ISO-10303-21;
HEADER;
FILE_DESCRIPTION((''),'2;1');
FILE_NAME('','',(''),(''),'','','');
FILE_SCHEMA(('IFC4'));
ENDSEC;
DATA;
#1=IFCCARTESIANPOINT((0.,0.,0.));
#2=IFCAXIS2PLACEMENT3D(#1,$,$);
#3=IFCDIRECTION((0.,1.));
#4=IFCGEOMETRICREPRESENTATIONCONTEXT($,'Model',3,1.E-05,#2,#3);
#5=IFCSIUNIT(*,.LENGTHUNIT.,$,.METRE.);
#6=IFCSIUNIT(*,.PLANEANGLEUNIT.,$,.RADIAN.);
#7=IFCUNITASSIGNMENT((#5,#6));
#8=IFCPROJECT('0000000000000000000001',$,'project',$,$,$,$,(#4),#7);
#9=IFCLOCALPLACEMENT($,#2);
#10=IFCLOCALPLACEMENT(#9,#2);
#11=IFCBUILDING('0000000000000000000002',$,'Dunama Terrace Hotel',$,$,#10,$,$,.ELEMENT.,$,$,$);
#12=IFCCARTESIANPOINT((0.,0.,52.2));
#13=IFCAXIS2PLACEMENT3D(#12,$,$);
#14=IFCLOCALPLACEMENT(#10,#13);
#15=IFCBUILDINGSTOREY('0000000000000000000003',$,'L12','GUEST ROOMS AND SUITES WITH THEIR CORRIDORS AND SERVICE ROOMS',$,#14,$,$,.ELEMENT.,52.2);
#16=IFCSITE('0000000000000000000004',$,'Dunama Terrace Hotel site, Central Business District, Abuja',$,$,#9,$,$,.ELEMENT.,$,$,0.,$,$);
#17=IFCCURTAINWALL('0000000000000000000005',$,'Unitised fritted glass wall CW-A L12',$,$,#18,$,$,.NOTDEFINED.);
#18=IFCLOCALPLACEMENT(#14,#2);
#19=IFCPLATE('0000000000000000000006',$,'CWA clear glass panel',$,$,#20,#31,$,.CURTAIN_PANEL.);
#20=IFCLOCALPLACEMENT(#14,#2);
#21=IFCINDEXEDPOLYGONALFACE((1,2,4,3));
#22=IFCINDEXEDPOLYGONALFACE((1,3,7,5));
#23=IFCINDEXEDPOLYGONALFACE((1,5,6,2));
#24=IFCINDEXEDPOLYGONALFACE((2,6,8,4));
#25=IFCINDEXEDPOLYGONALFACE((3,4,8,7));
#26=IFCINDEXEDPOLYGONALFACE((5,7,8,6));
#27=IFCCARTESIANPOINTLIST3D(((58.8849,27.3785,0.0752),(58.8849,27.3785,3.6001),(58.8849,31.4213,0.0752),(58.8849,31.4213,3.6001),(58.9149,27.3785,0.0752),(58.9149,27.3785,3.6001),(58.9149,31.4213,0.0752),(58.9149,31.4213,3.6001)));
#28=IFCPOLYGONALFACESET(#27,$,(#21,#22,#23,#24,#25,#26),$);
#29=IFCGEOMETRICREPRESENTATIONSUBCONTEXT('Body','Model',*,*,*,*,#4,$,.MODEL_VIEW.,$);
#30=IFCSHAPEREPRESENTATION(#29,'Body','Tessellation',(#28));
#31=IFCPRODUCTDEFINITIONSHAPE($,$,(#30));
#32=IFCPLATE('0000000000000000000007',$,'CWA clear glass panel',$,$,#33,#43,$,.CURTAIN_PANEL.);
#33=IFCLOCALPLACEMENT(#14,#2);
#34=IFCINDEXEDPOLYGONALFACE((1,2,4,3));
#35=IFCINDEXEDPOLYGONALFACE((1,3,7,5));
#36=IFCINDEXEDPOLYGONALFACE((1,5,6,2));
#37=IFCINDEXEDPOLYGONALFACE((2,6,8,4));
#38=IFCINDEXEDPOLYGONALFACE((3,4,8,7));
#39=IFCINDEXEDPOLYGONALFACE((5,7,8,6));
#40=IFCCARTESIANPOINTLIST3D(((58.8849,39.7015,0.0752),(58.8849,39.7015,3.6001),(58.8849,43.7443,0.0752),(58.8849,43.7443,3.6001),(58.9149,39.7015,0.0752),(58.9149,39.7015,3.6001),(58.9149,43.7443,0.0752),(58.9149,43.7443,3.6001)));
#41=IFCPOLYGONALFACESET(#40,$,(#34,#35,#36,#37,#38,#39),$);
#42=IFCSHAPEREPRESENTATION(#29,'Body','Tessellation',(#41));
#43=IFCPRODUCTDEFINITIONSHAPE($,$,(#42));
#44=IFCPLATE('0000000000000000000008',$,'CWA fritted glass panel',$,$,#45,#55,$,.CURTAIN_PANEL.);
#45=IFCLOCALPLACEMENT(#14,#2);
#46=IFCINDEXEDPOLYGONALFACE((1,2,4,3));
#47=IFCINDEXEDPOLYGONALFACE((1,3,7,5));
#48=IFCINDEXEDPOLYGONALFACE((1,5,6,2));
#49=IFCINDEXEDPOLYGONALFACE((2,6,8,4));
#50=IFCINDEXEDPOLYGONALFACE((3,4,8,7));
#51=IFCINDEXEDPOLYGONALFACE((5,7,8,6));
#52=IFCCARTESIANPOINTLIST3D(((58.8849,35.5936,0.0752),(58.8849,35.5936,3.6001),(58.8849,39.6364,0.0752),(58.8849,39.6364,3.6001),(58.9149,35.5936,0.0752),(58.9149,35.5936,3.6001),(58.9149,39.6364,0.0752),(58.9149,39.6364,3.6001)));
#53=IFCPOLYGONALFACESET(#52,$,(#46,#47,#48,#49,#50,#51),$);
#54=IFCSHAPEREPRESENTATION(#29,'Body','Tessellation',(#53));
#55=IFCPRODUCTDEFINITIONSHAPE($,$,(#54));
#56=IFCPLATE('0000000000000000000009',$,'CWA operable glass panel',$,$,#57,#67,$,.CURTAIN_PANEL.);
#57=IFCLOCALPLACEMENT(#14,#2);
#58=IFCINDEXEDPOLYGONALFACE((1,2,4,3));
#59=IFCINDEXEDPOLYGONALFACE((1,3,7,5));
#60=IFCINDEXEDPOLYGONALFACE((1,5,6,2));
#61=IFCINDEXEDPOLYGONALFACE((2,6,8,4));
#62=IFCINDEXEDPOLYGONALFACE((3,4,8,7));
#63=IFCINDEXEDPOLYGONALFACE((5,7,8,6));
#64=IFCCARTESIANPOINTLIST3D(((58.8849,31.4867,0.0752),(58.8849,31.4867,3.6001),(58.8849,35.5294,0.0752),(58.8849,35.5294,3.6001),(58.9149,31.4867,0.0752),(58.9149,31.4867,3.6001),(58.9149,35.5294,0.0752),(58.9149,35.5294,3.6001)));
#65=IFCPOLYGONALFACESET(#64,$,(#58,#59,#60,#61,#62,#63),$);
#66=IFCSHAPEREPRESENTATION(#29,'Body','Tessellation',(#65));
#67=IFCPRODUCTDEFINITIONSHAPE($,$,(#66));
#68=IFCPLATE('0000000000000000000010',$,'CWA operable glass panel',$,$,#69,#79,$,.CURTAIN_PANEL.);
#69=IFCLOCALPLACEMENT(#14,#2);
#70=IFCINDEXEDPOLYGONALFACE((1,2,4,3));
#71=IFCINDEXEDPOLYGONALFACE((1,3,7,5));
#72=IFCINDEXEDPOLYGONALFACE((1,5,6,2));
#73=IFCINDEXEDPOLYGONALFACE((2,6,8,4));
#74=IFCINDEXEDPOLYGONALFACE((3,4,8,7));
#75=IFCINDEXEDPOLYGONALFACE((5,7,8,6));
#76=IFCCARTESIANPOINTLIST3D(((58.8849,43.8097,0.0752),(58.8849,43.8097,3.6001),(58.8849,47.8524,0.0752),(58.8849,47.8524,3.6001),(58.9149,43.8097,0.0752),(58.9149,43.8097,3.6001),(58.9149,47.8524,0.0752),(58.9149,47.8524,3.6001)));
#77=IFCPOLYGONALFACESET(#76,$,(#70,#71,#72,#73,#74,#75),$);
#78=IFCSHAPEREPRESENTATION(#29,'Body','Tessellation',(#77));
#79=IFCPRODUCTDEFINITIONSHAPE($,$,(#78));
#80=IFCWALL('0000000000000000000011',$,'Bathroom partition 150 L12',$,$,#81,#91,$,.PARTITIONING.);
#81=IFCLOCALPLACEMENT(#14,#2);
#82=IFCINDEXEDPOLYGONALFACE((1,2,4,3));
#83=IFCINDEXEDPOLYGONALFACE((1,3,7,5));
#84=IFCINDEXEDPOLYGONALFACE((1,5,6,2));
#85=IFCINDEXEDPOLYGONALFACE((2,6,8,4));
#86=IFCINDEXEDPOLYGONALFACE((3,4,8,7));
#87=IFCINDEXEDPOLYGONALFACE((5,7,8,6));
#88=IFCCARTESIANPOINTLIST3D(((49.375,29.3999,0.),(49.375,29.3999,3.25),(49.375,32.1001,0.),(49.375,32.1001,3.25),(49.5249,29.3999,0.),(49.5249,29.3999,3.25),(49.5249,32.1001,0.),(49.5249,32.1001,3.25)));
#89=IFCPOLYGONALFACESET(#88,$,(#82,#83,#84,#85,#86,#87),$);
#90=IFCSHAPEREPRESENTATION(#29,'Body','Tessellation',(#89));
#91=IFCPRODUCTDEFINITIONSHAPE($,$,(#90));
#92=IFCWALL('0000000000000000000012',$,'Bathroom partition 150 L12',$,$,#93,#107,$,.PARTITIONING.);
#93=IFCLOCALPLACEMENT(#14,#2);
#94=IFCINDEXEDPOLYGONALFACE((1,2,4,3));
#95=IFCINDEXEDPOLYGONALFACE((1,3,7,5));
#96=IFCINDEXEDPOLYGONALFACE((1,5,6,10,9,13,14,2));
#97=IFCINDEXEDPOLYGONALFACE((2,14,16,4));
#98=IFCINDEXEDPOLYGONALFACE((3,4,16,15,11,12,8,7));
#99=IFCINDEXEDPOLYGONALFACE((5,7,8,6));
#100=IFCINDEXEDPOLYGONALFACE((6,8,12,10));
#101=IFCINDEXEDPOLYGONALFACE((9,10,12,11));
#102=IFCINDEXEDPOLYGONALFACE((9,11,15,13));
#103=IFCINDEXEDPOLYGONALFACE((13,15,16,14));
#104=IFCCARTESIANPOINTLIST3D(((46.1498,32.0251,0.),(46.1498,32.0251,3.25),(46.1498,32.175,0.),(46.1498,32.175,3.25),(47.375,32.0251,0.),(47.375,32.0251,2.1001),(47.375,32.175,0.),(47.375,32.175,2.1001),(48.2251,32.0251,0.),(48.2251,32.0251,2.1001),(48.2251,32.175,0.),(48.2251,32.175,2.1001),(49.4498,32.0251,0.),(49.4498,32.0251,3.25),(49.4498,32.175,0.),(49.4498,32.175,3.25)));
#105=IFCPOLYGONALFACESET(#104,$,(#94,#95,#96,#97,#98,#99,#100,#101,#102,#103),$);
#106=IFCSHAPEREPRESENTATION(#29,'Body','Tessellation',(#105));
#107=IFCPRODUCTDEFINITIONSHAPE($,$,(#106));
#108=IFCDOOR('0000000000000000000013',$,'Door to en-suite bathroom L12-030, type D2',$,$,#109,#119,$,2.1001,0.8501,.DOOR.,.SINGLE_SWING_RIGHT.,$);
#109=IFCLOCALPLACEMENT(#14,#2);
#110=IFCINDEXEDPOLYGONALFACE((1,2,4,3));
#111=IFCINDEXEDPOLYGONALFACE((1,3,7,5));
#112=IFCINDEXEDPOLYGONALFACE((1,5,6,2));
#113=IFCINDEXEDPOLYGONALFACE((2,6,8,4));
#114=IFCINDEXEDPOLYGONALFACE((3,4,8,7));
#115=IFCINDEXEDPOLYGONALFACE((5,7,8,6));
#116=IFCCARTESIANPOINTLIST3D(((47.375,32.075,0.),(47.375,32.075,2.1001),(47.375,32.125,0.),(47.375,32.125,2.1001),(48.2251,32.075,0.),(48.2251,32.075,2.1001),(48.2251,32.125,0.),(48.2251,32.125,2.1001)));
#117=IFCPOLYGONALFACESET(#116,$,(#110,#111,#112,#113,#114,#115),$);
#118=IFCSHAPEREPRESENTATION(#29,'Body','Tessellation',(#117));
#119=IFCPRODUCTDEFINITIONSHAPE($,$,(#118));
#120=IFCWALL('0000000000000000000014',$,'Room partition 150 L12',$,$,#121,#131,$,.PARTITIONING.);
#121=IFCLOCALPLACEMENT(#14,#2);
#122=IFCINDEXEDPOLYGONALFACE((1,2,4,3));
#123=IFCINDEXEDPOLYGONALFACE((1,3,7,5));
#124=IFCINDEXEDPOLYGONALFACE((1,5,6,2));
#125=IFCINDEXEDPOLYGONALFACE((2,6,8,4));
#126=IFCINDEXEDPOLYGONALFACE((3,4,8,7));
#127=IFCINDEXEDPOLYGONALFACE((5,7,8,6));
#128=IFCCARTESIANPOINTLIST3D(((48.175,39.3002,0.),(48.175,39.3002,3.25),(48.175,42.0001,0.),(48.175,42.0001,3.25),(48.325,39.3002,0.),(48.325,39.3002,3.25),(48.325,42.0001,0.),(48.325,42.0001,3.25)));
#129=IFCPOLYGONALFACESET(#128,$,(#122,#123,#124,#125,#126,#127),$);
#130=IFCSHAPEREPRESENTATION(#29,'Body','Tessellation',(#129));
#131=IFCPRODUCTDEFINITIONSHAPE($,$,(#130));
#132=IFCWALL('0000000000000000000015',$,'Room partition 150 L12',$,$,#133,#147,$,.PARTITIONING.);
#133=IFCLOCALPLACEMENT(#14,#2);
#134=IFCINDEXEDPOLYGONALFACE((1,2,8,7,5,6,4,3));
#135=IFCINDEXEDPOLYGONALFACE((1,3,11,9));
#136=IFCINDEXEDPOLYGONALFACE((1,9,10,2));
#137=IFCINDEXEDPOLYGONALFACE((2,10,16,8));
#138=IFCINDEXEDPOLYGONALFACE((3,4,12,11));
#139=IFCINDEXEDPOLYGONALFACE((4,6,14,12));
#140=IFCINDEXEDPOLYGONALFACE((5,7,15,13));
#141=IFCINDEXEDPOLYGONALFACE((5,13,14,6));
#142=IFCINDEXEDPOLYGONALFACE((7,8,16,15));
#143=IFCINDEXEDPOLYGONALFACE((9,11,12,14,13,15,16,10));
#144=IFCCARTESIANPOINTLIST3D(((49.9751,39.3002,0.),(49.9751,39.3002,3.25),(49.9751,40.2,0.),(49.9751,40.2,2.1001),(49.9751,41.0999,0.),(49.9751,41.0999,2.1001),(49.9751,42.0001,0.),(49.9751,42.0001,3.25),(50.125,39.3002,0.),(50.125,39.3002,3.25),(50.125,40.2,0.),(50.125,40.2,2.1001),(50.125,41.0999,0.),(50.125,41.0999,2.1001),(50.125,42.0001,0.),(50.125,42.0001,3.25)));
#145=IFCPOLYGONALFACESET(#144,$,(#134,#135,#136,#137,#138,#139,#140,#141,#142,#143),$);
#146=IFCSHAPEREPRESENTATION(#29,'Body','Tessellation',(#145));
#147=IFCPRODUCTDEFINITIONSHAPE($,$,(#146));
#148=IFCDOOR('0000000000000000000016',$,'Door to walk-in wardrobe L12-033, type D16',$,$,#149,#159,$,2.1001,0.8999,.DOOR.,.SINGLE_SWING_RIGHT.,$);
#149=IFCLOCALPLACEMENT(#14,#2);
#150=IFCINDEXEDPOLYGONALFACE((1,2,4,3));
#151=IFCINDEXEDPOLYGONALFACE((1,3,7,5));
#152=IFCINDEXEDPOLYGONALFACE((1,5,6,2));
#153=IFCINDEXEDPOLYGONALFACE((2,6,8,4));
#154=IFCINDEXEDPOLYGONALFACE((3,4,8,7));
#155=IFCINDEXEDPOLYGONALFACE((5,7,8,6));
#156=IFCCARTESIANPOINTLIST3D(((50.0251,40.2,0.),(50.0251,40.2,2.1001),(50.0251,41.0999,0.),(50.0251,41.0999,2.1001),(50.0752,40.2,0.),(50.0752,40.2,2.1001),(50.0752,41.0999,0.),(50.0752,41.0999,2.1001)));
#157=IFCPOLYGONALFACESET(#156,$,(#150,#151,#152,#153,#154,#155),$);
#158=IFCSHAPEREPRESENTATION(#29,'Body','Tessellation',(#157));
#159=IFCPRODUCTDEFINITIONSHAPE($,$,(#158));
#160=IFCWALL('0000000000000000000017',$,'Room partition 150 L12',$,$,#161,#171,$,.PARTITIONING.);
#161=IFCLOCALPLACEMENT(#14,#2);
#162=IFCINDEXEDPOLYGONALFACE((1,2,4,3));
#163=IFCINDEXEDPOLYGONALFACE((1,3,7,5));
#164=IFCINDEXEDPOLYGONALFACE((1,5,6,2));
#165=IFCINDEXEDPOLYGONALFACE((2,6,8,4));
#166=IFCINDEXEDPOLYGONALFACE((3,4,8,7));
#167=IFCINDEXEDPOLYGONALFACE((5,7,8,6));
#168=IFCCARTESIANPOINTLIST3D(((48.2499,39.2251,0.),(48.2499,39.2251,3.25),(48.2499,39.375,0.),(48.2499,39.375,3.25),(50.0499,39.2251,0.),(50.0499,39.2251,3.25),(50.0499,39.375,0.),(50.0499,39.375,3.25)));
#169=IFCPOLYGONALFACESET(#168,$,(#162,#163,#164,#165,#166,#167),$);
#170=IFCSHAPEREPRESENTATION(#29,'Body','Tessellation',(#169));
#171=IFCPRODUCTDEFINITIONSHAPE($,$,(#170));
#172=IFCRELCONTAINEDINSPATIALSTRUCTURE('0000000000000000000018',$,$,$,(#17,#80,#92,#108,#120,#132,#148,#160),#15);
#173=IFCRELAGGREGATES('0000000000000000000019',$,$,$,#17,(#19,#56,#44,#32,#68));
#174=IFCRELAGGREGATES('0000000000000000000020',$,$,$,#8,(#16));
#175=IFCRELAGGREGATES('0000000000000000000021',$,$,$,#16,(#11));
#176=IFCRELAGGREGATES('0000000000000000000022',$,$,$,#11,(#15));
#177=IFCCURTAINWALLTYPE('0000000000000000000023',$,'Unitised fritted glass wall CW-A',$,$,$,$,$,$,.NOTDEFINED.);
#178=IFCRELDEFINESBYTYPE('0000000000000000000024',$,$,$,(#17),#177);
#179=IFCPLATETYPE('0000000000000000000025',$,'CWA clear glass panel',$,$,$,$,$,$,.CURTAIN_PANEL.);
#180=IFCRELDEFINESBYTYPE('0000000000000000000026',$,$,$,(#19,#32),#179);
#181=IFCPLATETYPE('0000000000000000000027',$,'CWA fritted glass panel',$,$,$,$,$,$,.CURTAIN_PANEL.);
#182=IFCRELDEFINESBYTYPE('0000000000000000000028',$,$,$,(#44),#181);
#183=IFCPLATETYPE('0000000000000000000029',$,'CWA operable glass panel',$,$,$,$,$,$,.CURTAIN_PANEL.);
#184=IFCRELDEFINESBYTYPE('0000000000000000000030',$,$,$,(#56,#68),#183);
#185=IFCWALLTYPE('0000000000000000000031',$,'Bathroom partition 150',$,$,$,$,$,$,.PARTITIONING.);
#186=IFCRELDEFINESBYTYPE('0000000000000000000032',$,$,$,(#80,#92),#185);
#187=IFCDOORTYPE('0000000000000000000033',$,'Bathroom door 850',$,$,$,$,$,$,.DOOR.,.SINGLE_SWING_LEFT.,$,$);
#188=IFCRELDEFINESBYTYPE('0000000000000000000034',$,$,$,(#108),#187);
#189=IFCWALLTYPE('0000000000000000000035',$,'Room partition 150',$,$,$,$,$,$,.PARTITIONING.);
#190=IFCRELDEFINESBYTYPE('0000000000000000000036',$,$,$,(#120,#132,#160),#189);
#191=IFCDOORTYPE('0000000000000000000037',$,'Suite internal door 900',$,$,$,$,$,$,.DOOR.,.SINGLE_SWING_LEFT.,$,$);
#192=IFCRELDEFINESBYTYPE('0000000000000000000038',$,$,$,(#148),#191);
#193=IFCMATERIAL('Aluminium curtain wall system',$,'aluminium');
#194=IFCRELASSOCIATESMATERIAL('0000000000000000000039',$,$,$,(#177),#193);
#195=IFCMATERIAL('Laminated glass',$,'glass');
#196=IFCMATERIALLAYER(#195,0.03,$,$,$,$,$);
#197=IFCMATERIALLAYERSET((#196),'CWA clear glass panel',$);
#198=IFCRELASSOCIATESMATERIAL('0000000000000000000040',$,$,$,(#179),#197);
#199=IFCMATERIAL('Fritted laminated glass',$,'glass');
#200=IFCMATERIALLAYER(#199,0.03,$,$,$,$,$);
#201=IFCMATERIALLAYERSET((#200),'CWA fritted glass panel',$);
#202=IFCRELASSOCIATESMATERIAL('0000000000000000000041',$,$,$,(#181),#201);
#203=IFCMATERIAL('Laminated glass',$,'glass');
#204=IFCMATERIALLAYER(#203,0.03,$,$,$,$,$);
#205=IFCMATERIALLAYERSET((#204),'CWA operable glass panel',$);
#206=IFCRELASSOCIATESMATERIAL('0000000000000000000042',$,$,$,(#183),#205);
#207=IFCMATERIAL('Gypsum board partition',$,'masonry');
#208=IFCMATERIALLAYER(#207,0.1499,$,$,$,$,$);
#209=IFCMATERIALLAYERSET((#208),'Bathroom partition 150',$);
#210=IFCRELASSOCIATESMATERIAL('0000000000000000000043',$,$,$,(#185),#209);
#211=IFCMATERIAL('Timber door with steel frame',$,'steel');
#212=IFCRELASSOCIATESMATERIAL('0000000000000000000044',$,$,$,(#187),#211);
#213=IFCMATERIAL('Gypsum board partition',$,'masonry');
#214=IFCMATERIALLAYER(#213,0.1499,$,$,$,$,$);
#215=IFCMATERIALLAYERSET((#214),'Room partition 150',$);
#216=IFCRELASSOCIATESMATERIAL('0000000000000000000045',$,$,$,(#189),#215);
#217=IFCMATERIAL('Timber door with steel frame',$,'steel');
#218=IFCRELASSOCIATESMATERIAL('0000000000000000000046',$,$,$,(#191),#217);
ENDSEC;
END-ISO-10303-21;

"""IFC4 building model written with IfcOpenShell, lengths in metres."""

from ifc_helpers import new_model, si_unit, direction, frame, frame_2d, origin, origin_2d, place, context, subcontext, project, spatial, rectangle, extrude, material, layer, layer_set, type_object, element, fill, aggregate, save


model = new_model("IFC4")

# Units and contexts
model_context = context("Model", 3, precision=1e-05, world=origin(), true_north=direction((0.0, 1.0)))
body_context = subcontext(model_context, "Body", "Model", "MODEL_VIEW")
ifc_project = project(units=[si_unit("LENGTHUNIT", "METRE"), si_unit("PLANEANGLEUNIT", "RADIAN")], contexts=[model_context])

# Site, building, storey
site_placement = place(None, origin())
site = spatial("IfcSite", under=ifc_project, at=site_placement, Name="Dunama Terrace Hotel site, Central Business District, Abuja", CompositionType="ELEMENT", RefElevation=0.0)
building_placement = place(site_placement, origin())
building = spatial("IfcBuilding", under=site, at=building_placement, Name="Dunama Terrace Hotel", CompositionType="ELEMENT")
storey_placement = place(building_placement, frame((0.0, 0.0, 52.2)))
storey = spatial("IfcBuildingStorey", under=building, at=storey_placement, Name="L12", Description="GUEST ROOMS AND SUITES WITH THEIR CORRIDORS AND SERVICE ROOMS", CompositionType="ELEMENT", Elevation=52.2)

# Curtain wall
ifc_material_1 = material(Name="Aluminium curtain wall system", Category="aluminium")
curtain_wall_type = type_object("IfcCurtainWallType", Name="Unitised fritted glass wall CW-A", PredefinedType="NOTDEFINED", material=ifc_material_1)
curtain_wall_placement = place(storey_placement, origin())
curtain_wall = element("IfcCurtainWall", 1, at=curtain_wall_placement, inside=storey, type_object=curtain_wall_type, Name="Unitised fritted glass wall CW-A L12", PredefinedType="NOTDEFINED")

# Plates
ifc_material_2 = material(Name="Laminated glass", Category="glass")
ifc_layer_1 = layer(ifc_material_2, 0.03)
ifc_layer_set_1 = layer_set([ifc_layer_1], Name="CWA clear glass panel")
plate_type_1 = type_object("IfcPlateType", Name="CWA clear glass panel", PredefinedType="CURTAIN_PANEL", material=ifc_layer_set_1)
plate_1_placement = place(storey_placement, frame((58.8999, 29.3999, 0.0752), z_axis=(0.0, 0.0, 1.0), x_axis=(0.0, 1.0, 0.0)))
plate_1 = element("IfcPlate", 2, at=plate_1_placement, type_object=plate_type_1, Name="CWA clear glass panel", PredefinedType="CURTAIN_PANEL", context=body_context, shape_type="SweptSolid", body=[
    extrude(rectangle(XDim=4.0427, YDim=0.03, at=origin_2d()), origin(), (0.0, 0.0, 1.0), 3.5249),
])
plate_2_placement = place(storey_placement, frame((58.8999, 41.7229, 0.0752), z_axis=(0.0, 0.0, 1.0), x_axis=(0.0, 1.0, 0.0)))
plate_2 = element("IfcPlate", 3, at=plate_2_placement, type_object=plate_type_1, Name="CWA clear glass panel", PredefinedType="CURTAIN_PANEL", context=body_context, shape_type="SweptSolid", body=[
    extrude(rectangle(XDim=4.0427, YDim=0.03, at=origin_2d()), origin(), (0.0, 0.0, 1.0), 3.5249),
])
ifc_material_3 = material(Name="Fritted laminated glass", Category="glass")
ifc_layer_2 = layer(ifc_material_3, 0.03)
ifc_layer_set_2 = layer_set([ifc_layer_2], Name="CWA fritted glass panel")
plate_type_2 = type_object("IfcPlateType", Name="CWA fritted glass panel", PredefinedType="CURTAIN_PANEL", material=ifc_layer_set_2)
plate_3_placement = place(storey_placement, frame((58.8999, 37.615, 0.0752), z_axis=(0.0, 0.0, 1.0), x_axis=(0.0, 1.0, 0.0)))
plate_3 = element("IfcPlate", 4, at=plate_3_placement, type_object=plate_type_2, Name="CWA fritted glass panel", PredefinedType="CURTAIN_PANEL", context=body_context, shape_type="SweptSolid", body=[
    extrude(rectangle(XDim=4.0427, YDim=0.03, at=origin_2d()), origin(), (0.0, 0.0, 1.0), 3.5249),
])
ifc_material_4 = material(Name="Laminated glass", Category="glass")
ifc_layer_3 = layer(ifc_material_4, 0.03)
ifc_layer_set_3 = layer_set([ifc_layer_3], Name="CWA operable glass panel")
plate_type_3 = type_object("IfcPlateType", Name="CWA operable glass panel", PredefinedType="CURTAIN_PANEL", material=ifc_layer_set_3)
plate_4_placement = place(storey_placement, frame((58.8999, 33.5081, 0.0752), z_axis=(0.0, 0.0, 1.0), x_axis=(0.0, 1.0, 0.0)))
plate_4 = element("IfcPlate", 5, at=plate_4_placement, type_object=plate_type_3, Name="CWA operable glass panel", PredefinedType="CURTAIN_PANEL", context=body_context, shape_type="SweptSolid", body=[
    extrude(rectangle(XDim=4.0427, YDim=0.03, at=origin_2d()), origin(), (0.0, 0.0, 1.0), 3.5249),
])
plate_5_placement = place(storey_placement, frame((58.8999, 45.8311, 0.0752), z_axis=(0.0, 0.0, 1.0), x_axis=(0.0, 1.0, 0.0)))
plate_5 = element("IfcPlate", 6, at=plate_5_placement, type_object=plate_type_3, Name="CWA operable glass panel", PredefinedType="CURTAIN_PANEL", context=body_context, shape_type="SweptSolid", body=[
    extrude(rectangle(XDim=4.0427, YDim=0.03, at=origin_2d()), origin(), (0.0, 0.0, 1.0), 3.5249),
])
aggregate(curtain_wall, [plate_1, plate_4, plate_3, plate_2, plate_5])

# Wall
ifc_material_5 = material(Name="Gypsum board partition", Category="masonry")
ifc_layer_4 = layer(ifc_material_5, 0.1499)
ifc_layer_set_4 = layer_set([ifc_layer_4], Name="Bathroom partition 150")
wall_type_1 = type_object("IfcWallType", Name="Bathroom partition 150", PredefinedType="PARTITIONING", material=ifc_layer_set_4)
wall_1_placement = place(storey_placement, frame((49.45, 29.3999, 0.0), z_axis=(0.0, 0.0, 1.0), x_axis=(0.0, 1.0, 0.0)))
element("IfcWall", 7, at=wall_1_placement, inside=storey, type_object=wall_type_1, Name="Bathroom partition 150 L12", PredefinedType="PARTITIONING", context=body_context, shape_type="SweptSolid", body=[
    extrude(rectangle(XDim=2.7002, YDim=0.1499, at=frame_2d((1.3501, 0.0))), origin(), (0.0, 0.0, 1.0), 3.25),
])

# Wall, opening, door
wall_2_placement = place(storey_placement, frame((46.1499, 32.1001, 0.0), z_axis=(0.0, 0.0, 1.0), x_axis=(1.0, 0.0, 0.0)))
wall_2 = element("IfcWall", 8, at=wall_2_placement, inside=storey, type_object=wall_type_1, Name="Bathroom partition 150 L12", PredefinedType="PARTITIONING", context=body_context, shape_type="SweptSolid", body=[
    extrude(rectangle(XDim=3.3, YDim=0.1499, at=frame_2d((1.6499, 0.0))), origin(), (0.0, 0.0, 1.0), 3.25),
])
opening_1_placement = place(wall_2_placement, frame((1.2251, 0.0, 0.0)))
opening_1 = element("IfcOpeningElement", 9, at=opening_1_placement, cuts=wall_2, PredefinedType="OPENING", context=body_context, shape_type="SweptSolid", body=[
    extrude(rectangle(XDim=0.8501, YDim=2.1001, at=frame_2d((0.425, 1.05))), frame((0.0, 0.085, 0.0), z_axis=(0.0, -1.0, 0.0), x_axis=(1.0, 0.0, 0.0)), (0.0, 0.0, 1.0), 0.1699),
])
ifc_material_6 = material(Name="Timber door with steel frame", Category="steel")
door_type_1 = type_object("IfcDoorType", Name="Bathroom door 850", OperationType="SINGLE_SWING_LEFT", PredefinedType="DOOR", material=ifc_material_6)
door_1_placement = place(opening_1_placement, frame((0.8501, 0.0, 0.0), z_axis=(0.0, 0.0, 1.0), x_axis=(-1.0, 0.0, 0.0)))
door_1 = element("IfcDoor", 10, at=door_1_placement, inside=storey, type_object=door_type_1, Name="Door to en-suite bathroom L12-030, type D2", OperationType="SINGLE_SWING_RIGHT", OverallHeight=2.1001, OverallWidth=0.8501, PredefinedType="DOOR", context=body_context, shape_type="SweptSolid", body=[
    extrude(rectangle(XDim=0.8501, YDim=2.1001, at=frame_2d((0.425, 1.05))), frame((0.0, 0.0251, 0.0), z_axis=(0.0, -1.0, 0.0), x_axis=(1.0, 0.0, 0.0)), (0.0, 0.0, 1.0), 0.05),
])
fill(opening_1, door_1)

# Wall
ifc_material_7 = material(Name="Gypsum board partition", Category="masonry")
ifc_layer_5 = layer(ifc_material_7, 0.1499)
ifc_layer_set_5 = layer_set([ifc_layer_5], Name="Room partition 150")
wall_type_2 = type_object("IfcWallType", Name="Room partition 150", PredefinedType="PARTITIONING", material=ifc_layer_set_5)
wall_3_placement = place(storey_placement, frame((48.25, 39.3, 0.0), z_axis=(0.0, 0.0, 1.0), x_axis=(0.0, 1.0, 0.0)))
element("IfcWall", 11, at=wall_3_placement, inside=storey, type_object=wall_type_2, Name="Room partition 150 L12", PredefinedType="PARTITIONING", context=body_context, shape_type="SweptSolid", body=[
    extrude(rectangle(XDim=2.7, YDim=0.1499, at=frame_2d((1.3501, 0.0))), origin(), (0.0, 0.0, 1.0), 3.25),
])

# Wall, opening, door
wall_4_placement = place(storey_placement, frame((50.05, 39.3, 0.0), z_axis=(0.0, 0.0, 1.0), x_axis=(0.0, 1.0, 0.0)))
wall_4 = element("IfcWall", 12, at=wall_4_placement, inside=storey, type_object=wall_type_2, Name="Room partition 150 L12", PredefinedType="PARTITIONING", context=body_context, shape_type="SweptSolid", body=[
    extrude(rectangle(XDim=2.7, YDim=0.1499, at=frame_2d((1.3501, 0.0))), origin(), (0.0, 0.0, 1.0), 3.25),
])
opening_2_placement = place(wall_4_placement, frame((0.8999, 0.0, 0.0)))
opening_2 = element("IfcOpeningElement", 13, at=opening_2_placement, cuts=wall_4, PredefinedType="OPENING", context=body_context, shape_type="SweptSolid", body=[
    extrude(rectangle(XDim=0.8999, YDim=2.1001, at=frame_2d((0.45, 1.05))), frame((0.0, 0.085, 0.0), z_axis=(0.0, -1.0, 0.0), x_axis=(1.0, 0.0, 0.0)), (0.0, 0.0, 1.0), 0.1699),
])
ifc_material_8 = material(Name="Timber door with steel frame", Category="steel")
door_type_2 = type_object("IfcDoorType", Name="Suite internal door 900", OperationType="SINGLE_SWING_LEFT", PredefinedType="DOOR", material=ifc_material_8)
door_2_placement = place(opening_2_placement, origin())
door_2 = element("IfcDoor", 14, at=door_2_placement, inside=storey, type_object=door_type_2, Name="Door to walk-in wardrobe L12-033, type D16", OperationType="SINGLE_SWING_RIGHT", OverallHeight=2.1001, OverallWidth=0.8999, PredefinedType="DOOR", context=body_context, shape_type="SweptSolid", body=[
    extrude(rectangle(XDim=0.8999, YDim=2.1001, at=frame_2d((0.45, 1.05))), frame((0.0, 0.0249, 0.0), z_axis=(0.0, -1.0, 0.0), x_axis=(1.0, 0.0, 0.0)), (0.0, 0.0, 1.0), 0.05),
])
fill(opening_2, door_2)

# Wall
wall_5_placement = place(storey_placement, frame((48.25, 39.3, 0.0), z_axis=(0.0, 0.0, 1.0), x_axis=(1.0, 0.0, 0.0)))
element("IfcWall", 15, at=wall_5_placement, inside=storey, type_object=wall_type_2, Name="Room partition 150 L12", PredefinedType="PARTITIONING", context=body_context, shape_type="SweptSolid", body=[
    extrude(rectangle(XDim=1.8, YDim=0.1499, at=frame_2d((0.8999, 0.0))), origin(), (0.0, 0.0, 1.0), 3.25),
])

save(model, "model.ifc")
